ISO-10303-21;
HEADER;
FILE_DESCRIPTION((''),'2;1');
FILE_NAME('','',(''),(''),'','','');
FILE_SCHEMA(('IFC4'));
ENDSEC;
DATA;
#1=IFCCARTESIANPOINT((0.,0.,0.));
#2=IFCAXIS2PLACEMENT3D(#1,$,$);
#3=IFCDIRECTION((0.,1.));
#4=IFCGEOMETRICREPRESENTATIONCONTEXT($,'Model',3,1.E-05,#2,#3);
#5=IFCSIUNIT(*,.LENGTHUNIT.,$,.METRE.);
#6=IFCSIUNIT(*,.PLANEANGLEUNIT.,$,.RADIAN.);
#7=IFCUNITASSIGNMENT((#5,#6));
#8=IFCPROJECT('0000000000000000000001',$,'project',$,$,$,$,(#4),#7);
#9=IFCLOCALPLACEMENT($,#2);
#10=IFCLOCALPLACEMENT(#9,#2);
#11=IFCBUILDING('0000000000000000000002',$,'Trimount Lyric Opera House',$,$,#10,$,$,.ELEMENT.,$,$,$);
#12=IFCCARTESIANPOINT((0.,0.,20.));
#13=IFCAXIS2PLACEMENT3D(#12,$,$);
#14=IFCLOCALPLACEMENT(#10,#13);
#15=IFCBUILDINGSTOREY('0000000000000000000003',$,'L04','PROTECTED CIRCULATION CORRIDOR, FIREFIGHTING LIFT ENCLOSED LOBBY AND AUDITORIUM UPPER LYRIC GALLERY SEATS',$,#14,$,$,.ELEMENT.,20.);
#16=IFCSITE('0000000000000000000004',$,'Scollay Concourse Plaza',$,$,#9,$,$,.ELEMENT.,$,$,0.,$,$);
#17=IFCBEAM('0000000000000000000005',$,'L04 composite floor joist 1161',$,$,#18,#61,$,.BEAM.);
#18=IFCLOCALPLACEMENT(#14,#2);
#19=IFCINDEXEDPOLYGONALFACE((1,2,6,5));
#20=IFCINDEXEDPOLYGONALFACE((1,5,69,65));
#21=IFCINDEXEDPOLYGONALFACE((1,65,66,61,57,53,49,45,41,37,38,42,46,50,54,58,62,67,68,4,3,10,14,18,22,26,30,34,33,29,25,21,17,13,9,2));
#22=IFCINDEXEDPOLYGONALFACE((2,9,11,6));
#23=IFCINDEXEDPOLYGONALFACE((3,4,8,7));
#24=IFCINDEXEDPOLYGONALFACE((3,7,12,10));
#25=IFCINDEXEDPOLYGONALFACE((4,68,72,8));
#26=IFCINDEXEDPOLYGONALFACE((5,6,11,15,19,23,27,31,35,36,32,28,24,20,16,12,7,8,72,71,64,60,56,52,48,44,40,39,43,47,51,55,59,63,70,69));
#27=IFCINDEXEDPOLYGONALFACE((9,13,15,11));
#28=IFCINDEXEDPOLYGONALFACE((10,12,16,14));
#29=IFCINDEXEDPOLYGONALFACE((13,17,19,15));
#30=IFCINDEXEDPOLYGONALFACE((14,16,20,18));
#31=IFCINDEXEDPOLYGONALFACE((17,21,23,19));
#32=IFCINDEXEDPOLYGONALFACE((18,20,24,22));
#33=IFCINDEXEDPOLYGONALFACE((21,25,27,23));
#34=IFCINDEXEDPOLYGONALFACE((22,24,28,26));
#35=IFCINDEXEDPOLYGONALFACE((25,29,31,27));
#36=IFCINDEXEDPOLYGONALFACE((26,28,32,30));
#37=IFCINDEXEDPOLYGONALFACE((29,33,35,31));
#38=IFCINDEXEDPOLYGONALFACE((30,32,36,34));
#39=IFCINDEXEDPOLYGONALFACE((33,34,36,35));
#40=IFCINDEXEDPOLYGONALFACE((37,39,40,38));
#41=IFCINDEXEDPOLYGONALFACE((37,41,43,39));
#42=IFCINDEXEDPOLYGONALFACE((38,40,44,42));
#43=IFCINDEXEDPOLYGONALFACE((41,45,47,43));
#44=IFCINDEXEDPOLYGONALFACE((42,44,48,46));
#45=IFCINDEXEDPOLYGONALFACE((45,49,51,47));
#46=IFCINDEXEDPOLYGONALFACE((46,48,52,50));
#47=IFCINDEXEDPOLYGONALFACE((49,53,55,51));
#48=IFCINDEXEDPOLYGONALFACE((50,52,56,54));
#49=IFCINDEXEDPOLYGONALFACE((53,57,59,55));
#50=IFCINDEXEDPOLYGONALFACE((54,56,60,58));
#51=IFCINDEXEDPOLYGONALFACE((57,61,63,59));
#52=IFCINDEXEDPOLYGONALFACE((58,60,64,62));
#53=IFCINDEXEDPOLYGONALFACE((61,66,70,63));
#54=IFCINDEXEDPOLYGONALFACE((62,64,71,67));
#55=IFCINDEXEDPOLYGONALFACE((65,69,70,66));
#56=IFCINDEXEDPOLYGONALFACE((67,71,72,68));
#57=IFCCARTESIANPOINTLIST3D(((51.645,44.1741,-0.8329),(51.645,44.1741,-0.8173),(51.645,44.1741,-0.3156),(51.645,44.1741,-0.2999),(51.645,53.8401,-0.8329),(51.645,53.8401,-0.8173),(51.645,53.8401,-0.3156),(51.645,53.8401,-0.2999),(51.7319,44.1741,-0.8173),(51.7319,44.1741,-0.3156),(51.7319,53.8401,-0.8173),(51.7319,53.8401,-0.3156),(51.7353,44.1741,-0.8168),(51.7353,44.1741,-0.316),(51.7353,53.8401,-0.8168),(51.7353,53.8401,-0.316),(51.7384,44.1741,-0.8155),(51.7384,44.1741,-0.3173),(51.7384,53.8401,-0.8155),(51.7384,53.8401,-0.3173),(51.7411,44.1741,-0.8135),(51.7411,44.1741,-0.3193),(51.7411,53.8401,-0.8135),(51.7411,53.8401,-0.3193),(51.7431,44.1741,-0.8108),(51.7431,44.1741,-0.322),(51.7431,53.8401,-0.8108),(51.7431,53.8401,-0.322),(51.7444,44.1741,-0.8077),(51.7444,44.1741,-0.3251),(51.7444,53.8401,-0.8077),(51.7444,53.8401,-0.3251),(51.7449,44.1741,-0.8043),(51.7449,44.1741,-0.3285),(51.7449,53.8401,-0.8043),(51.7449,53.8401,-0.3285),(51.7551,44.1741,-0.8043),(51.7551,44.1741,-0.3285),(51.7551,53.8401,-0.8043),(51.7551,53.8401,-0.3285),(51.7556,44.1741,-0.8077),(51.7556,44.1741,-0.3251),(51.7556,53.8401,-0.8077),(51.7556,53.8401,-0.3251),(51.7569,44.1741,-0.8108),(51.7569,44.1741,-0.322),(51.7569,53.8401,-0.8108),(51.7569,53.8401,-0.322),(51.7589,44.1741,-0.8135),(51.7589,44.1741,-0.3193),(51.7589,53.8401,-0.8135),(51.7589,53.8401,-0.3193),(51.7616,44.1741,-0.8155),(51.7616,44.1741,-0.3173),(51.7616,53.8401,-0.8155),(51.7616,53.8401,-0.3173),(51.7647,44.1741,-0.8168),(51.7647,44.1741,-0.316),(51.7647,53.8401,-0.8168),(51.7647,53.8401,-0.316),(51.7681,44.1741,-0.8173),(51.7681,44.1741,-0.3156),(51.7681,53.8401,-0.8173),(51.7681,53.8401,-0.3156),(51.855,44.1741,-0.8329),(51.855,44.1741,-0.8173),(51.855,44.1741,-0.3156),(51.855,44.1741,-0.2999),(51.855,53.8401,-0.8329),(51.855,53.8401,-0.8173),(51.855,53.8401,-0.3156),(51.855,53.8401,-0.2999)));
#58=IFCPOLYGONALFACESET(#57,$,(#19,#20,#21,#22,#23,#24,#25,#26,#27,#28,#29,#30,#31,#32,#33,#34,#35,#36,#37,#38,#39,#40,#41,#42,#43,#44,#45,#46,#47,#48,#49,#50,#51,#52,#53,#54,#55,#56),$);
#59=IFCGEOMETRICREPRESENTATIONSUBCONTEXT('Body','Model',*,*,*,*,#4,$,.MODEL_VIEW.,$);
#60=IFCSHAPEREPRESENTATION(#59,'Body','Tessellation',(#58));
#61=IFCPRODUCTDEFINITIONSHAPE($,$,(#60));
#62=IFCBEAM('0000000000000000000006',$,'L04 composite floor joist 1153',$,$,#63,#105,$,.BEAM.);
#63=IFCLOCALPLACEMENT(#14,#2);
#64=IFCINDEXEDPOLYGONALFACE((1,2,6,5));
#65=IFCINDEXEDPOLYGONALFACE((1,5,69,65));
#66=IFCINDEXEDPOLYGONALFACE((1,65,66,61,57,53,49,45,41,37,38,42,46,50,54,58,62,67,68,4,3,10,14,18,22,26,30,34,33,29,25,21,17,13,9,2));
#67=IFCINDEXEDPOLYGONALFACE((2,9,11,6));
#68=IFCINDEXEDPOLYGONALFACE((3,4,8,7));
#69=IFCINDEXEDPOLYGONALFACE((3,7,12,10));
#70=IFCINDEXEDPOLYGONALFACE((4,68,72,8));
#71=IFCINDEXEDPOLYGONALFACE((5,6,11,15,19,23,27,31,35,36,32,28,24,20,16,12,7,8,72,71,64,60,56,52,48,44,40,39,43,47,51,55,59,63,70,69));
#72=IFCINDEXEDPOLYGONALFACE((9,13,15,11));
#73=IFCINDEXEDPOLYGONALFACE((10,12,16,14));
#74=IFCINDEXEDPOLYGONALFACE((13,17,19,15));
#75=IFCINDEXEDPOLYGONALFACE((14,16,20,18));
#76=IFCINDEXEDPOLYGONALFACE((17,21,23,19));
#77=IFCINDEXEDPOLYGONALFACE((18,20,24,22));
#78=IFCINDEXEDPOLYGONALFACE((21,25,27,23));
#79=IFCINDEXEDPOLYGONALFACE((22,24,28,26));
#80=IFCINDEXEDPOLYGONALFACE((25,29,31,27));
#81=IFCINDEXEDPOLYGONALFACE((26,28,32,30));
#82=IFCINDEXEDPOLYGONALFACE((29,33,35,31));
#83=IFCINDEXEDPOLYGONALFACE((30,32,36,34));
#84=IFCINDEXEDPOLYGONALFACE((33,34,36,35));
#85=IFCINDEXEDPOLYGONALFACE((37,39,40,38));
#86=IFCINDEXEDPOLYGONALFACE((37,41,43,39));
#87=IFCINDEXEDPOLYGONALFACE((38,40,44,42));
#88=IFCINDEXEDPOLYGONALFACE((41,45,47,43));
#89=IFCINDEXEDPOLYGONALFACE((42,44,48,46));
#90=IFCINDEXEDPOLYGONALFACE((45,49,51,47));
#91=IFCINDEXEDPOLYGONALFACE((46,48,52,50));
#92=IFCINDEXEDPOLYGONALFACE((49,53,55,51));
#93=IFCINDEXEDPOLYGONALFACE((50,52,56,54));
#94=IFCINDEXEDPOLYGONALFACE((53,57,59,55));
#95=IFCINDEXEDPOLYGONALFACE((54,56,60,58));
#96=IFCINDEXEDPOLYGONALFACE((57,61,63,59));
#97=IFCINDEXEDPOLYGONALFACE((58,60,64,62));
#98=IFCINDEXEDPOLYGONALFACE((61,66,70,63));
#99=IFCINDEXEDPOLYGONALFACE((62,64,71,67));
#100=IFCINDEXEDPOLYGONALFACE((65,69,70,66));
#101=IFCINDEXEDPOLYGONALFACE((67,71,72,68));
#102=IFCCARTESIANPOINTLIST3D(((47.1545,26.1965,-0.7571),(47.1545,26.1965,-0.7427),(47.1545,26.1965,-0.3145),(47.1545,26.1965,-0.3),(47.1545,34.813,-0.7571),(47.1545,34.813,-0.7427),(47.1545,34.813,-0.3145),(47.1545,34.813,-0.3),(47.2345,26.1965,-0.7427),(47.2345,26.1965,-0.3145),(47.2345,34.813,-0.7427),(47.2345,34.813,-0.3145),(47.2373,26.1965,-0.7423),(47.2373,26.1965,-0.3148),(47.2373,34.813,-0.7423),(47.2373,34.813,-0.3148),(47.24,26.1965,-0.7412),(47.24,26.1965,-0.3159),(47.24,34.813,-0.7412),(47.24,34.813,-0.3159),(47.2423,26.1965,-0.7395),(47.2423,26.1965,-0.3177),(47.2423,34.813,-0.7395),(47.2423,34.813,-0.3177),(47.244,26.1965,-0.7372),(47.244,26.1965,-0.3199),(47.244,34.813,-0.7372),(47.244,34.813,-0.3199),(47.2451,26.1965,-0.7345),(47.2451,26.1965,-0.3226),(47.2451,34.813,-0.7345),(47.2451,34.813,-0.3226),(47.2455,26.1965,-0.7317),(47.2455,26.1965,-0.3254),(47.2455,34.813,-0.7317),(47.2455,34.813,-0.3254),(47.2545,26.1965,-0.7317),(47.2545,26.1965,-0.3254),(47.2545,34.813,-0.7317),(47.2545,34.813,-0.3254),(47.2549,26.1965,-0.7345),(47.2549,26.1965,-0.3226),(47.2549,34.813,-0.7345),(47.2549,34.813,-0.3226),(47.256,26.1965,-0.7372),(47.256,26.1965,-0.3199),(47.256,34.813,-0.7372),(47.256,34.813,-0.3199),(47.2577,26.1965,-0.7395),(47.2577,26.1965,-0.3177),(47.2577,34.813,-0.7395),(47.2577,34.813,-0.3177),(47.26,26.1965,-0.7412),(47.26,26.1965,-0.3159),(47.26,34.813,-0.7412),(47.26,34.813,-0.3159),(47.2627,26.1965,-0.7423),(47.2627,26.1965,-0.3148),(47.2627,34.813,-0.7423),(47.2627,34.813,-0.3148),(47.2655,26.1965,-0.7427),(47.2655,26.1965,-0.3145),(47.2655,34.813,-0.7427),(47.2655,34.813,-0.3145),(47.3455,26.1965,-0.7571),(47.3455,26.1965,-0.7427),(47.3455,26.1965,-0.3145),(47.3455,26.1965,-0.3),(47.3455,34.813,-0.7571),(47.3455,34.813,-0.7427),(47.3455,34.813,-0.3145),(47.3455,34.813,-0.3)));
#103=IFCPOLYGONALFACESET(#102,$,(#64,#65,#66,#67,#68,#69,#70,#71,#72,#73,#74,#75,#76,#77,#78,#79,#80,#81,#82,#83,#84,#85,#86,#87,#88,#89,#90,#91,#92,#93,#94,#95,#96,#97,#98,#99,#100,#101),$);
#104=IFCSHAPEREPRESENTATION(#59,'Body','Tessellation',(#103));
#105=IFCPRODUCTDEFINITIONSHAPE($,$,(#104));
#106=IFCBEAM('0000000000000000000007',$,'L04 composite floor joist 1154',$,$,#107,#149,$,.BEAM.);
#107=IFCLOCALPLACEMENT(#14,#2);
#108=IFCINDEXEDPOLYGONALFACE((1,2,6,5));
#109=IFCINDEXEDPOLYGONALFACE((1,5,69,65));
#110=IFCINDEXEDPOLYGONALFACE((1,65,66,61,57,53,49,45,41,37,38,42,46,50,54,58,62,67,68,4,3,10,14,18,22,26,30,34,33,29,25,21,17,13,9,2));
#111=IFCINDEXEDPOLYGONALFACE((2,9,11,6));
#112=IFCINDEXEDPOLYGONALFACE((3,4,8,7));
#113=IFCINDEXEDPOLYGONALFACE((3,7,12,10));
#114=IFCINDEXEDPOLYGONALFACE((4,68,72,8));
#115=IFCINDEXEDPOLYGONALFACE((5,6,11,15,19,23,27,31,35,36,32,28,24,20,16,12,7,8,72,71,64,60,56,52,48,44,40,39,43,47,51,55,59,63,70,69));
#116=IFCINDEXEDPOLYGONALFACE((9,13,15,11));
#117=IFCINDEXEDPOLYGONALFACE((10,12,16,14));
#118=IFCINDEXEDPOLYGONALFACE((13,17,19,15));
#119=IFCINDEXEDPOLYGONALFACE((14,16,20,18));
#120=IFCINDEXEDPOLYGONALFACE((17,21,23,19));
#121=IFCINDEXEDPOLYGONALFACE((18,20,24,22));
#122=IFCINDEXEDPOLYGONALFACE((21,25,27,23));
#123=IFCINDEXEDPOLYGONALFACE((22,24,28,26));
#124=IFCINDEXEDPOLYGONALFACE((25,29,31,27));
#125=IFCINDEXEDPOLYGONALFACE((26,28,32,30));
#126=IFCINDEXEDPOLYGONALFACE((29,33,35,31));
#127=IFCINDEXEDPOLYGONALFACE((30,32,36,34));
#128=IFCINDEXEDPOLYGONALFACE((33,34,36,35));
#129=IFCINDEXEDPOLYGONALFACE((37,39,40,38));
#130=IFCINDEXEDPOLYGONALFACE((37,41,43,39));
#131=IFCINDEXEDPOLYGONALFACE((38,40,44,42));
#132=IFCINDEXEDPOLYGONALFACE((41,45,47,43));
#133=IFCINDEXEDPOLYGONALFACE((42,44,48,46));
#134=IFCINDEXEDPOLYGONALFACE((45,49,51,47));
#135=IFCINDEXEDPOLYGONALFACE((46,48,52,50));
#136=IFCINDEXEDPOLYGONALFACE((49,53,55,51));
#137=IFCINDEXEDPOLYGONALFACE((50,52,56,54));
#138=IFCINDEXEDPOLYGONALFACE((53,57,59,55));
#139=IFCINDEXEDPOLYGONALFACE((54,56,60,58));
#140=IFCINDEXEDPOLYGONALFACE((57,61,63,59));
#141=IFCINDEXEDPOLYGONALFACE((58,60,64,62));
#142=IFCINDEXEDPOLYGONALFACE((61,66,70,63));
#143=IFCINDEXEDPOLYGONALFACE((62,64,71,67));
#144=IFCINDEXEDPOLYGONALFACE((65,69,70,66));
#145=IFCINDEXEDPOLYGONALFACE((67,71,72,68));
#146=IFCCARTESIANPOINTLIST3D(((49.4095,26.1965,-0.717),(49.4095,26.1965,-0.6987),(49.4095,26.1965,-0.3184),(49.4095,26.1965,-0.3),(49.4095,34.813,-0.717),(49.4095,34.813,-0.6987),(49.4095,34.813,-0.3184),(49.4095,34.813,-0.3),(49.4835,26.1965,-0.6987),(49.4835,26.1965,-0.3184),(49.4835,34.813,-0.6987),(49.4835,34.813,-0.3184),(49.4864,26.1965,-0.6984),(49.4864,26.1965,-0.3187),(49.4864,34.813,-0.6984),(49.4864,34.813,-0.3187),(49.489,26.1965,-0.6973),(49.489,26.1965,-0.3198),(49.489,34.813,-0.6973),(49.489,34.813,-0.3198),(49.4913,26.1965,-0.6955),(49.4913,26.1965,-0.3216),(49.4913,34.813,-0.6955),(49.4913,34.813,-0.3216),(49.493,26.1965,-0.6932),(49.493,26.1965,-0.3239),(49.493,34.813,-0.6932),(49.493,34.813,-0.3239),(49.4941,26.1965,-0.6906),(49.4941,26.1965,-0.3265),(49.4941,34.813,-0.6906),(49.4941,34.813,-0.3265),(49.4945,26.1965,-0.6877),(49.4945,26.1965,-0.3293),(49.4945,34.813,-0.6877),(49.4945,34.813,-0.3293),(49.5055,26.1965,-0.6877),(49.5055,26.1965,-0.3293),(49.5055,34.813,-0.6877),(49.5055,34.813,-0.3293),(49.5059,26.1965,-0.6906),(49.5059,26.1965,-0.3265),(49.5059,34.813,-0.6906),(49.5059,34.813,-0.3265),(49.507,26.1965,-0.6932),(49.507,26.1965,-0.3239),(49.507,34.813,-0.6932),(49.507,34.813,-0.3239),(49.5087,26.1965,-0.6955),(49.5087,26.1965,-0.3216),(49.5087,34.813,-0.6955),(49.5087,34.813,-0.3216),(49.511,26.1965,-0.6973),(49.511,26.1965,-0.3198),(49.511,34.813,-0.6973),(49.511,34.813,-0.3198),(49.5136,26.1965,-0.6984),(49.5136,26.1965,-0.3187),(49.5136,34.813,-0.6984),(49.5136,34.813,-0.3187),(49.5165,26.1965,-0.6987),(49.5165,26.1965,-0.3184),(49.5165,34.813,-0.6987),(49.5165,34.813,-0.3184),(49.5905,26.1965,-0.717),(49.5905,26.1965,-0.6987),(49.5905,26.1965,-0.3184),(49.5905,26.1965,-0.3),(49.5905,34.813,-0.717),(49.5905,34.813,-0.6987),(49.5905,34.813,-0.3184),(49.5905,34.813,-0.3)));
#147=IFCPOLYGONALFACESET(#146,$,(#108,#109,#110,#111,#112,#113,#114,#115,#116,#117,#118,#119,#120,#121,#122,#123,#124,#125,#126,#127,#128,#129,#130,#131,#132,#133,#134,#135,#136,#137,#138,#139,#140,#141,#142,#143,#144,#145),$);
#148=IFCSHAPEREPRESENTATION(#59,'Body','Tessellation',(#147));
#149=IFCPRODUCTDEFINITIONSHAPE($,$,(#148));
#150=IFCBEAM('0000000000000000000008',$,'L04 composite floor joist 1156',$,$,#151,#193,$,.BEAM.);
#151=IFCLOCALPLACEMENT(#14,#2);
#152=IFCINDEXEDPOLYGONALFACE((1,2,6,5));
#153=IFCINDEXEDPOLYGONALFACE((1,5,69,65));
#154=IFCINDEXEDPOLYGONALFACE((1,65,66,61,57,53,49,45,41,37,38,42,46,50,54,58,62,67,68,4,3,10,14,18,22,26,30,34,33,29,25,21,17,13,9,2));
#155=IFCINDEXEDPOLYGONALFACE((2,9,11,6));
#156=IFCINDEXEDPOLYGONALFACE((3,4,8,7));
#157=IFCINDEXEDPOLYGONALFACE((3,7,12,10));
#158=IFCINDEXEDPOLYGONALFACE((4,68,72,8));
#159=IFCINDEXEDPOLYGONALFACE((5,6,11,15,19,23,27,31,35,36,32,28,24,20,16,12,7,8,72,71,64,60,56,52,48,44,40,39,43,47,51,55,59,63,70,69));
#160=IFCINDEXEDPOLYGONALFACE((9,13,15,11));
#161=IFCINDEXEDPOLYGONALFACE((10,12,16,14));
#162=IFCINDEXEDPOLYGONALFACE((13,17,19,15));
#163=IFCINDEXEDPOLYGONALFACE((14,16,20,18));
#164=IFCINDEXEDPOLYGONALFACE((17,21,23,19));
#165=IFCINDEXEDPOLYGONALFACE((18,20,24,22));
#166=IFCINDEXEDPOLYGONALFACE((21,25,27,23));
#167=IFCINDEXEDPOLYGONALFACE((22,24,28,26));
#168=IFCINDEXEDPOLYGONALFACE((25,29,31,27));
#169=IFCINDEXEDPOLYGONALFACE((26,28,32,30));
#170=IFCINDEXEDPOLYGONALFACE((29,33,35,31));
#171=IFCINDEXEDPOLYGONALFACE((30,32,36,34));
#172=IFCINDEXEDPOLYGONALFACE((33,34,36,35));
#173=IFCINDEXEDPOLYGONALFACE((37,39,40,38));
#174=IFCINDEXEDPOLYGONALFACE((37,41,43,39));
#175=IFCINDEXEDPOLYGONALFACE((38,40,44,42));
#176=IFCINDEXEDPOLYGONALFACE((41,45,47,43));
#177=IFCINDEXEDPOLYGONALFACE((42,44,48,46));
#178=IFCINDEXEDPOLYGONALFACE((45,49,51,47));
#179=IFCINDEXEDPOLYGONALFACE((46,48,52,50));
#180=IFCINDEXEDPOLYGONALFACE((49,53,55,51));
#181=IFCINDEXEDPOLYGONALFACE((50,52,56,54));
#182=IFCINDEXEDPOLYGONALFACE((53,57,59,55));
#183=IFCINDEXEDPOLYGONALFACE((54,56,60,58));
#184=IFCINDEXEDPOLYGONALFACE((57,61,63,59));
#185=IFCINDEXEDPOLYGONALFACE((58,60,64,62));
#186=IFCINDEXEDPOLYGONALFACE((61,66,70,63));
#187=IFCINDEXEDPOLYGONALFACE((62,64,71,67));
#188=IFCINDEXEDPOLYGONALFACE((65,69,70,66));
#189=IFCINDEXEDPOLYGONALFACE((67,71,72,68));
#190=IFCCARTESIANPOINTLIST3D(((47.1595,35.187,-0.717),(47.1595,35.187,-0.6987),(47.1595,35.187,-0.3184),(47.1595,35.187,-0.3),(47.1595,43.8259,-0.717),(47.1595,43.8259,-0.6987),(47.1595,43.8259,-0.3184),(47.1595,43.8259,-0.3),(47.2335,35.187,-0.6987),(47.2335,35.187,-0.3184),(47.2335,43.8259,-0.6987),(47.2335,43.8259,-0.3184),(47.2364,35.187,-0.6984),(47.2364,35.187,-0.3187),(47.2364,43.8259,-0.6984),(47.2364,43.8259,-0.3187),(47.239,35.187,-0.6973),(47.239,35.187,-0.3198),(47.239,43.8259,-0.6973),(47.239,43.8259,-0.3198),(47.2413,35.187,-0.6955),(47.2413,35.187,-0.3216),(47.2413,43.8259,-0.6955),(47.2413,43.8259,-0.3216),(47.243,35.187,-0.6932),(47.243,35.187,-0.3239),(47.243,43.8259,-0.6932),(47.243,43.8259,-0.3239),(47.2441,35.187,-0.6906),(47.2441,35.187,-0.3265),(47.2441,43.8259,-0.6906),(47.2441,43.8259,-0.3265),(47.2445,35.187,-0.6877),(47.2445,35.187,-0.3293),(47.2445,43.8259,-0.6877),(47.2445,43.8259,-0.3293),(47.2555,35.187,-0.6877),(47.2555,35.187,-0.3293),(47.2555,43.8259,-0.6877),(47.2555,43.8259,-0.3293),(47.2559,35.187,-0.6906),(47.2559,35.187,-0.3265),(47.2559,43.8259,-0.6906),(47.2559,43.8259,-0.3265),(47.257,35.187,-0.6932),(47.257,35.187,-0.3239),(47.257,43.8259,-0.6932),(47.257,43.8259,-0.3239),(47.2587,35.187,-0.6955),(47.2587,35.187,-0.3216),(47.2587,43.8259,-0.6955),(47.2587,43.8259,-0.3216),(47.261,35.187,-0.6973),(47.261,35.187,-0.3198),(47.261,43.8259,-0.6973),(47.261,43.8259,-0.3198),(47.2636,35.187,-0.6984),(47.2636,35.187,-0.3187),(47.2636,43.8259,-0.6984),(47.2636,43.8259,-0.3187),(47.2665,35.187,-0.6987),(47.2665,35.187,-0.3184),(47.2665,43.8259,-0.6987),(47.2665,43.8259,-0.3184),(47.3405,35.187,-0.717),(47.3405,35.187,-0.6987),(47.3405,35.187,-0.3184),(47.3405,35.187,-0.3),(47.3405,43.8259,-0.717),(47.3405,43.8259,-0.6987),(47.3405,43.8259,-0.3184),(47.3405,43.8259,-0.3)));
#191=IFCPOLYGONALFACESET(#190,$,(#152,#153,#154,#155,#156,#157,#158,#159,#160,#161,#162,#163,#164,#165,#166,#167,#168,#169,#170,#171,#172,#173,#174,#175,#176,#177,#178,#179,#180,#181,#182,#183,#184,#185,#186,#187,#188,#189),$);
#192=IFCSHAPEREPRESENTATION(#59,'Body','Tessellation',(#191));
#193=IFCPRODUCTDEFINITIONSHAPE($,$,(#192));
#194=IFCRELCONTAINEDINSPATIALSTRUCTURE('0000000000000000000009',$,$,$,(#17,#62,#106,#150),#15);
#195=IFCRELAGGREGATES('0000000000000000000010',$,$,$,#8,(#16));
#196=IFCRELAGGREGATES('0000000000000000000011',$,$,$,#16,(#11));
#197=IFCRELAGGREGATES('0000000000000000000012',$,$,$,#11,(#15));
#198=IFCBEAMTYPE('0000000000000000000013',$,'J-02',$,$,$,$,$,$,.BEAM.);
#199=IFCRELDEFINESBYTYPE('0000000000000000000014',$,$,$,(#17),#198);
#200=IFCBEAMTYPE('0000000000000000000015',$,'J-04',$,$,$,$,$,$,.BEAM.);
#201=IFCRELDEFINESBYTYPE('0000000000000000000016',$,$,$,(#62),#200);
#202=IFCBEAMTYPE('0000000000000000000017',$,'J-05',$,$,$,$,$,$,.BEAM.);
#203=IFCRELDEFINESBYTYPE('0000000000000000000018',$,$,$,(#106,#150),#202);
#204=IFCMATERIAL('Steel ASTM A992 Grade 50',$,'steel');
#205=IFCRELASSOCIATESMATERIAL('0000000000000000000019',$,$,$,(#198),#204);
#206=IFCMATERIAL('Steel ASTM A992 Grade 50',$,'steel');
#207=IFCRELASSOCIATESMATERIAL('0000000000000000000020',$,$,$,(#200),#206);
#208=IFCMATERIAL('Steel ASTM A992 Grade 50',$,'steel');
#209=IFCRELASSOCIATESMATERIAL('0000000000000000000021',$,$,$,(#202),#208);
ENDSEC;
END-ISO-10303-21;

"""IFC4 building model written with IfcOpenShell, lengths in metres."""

from ifc_helpers import new_model, si_unit, direction, frame, origin, origin_2d, place, context, subcontext, project, spatial, i_section, extrude, material, material_profile, profile_set, type_object, element, save


model = new_model("IFC4")

# Units and contexts
model_context = context("Model", 3, precision=1e-05, world=origin(), true_north=direction((0.0, 1.0)))
body_context = subcontext(model_context, "Body", "Model", "MODEL_VIEW")
ifc_project = project(units=[si_unit("LENGTHUNIT", "METRE"), si_unit("PLANEANGLEUNIT", "RADIAN")], contexts=[model_context])

# Site, building, storey
site_placement = place(None, origin())
site = spatial("IfcSite", under=ifc_project, at=site_placement, Name="Scollay Concourse Plaza", CompositionType="ELEMENT", RefElevation=0.0)
building_placement = place(site_placement, origin())
building = spatial("IfcBuilding", under=site, at=building_placement, Name="Trimount Lyric Opera House", CompositionType="ELEMENT")
storey_placement = place(building_placement, frame((0.0, 0.0, 20.0)))
storey = spatial("IfcBuildingStorey", under=building, at=storey_placement, Name="L04", Description="PROTECTED CIRCULATION CORRIDOR, FIREFIGHTING LIFT ENCLOSED LOBBY AND AUDITORIUM UPPER LYRIC GALLERY SEATS", CompositionType="ELEMENT", Elevation=20.0)

# Beams
ifc_material_1 = material(Name="Steel ASTM A992 Grade 50", Category="steel")
ifc_material_profile_1 = material_profile(ifc_material_1, i_section(OverallWidth=0.21, OverallDepth=0.533, WebThickness=0.0103, FlangeThickness=0.0156, FilletRadius=0.0129, at=origin_2d()), Name="W21X62")
ifc_profile_set_1 = profile_set([ifc_material_profile_1], Name="Steel ASTM A992 Grade 50")
beam_type_1 = type_object("IfcBeamType", Name="J-02", PredefinedType="BEAM", material=ifc_profile_set_1)
beam_1_placement = place(storey_placement, frame((51.75, 44.1741, -0.5664), z_axis=(0.0, 1.0, 0.0), x_axis=(-1.0, 0.0, 0.0)))
element("IfcBeam", 1, at=beam_1_placement, inside=storey, type_object=beam_type_1, Name="L04 composite floor joist 1161", PredefinedType="BEAM", context=body_context, shape_type="SweptSolid", body=[
    extrude(i_section(OverallWidth=0.21, OverallDepth=0.533, WebThickness=0.0103, FlangeThickness=0.0156, FilletRadius=0.0129, at=origin_2d()), origin(), (0.0, 0.0, 1.0), 9.666),
])
ifc_material_2 = material(Name="Steel ASTM A992 Grade 50", Category="steel")
ifc_material_profile_2 = material_profile(ifc_material_2, i_section(OverallWidth=0.1909, OverallDepth=0.457, WebThickness=0.009, FlangeThickness=0.0144, FilletRadius=0.011, at=origin_2d()), Name="W18X50")
ifc_profile_set_2 = profile_set([ifc_material_profile_2], Name="Steel ASTM A992 Grade 50")
beam_type_2 = type_object("IfcBeamType", Name="J-04", PredefinedType="BEAM", material=ifc_profile_set_2)
beam_2_placement = place(storey_placement, frame((47.25, 26.1965, -0.5286), z_axis=(0.0, 1.0, 0.0), x_axis=(-1.0, 0.0, 0.0)))
element("IfcBeam", 2, at=beam_2_placement, inside=storey, type_object=beam_type_2, Name="L04 composite floor joist 1153", PredefinedType="BEAM", context=body_context, shape_type="SweptSolid", body=[
    extrude(i_section(OverallWidth=0.1909, OverallDepth=0.457, WebThickness=0.009, FlangeThickness=0.0144, FilletRadius=0.011, at=origin_2d()), origin(), (0.0, 0.0, 1.0), 8.6165),
])
ifc_material_3 = material(Name="Steel ASTM A992 Grade 50", Category="steel")
ifc_material_profile_3 = material_profile(ifc_material_3, i_section(OverallWidth=0.1809, OverallDepth=0.417, WebThickness=0.011, FlangeThickness=0.0183, FilletRadius=0.011, at=origin_2d()), Name="W16X57")
ifc_profile_set_3 = profile_set([ifc_material_profile_3], Name="Steel ASTM A992 Grade 50")
beam_type_3 = type_object("IfcBeamType", Name="J-05", PredefinedType="BEAM", material=ifc_profile_set_3)
beam_3_placement = place(storey_placement, frame((49.5, 26.1965, -0.5085), z_axis=(0.0, 1.0, 0.0), x_axis=(-1.0, 0.0, 0.0)))
element("IfcBeam", 3, at=beam_3_placement, inside=storey, type_object=beam_type_3, Name="L04 composite floor joist 1154", PredefinedType="BEAM", context=body_context, shape_type="SweptSolid", body=[
    extrude(i_section(OverallWidth=0.1809, OverallDepth=0.417, WebThickness=0.011, FlangeThickness=0.0183, FilletRadius=0.011, at=origin_2d()), origin(), (0.0, 0.0, 1.0), 8.6165),
])
beam_4_placement = place(storey_placement, frame((47.25, 35.187, -0.5085), z_axis=(0.0, 1.0, 0.0), x_axis=(-1.0, 0.0, 0.0)))
element("IfcBeam", 4, at=beam_4_placement, inside=storey, type_object=beam_type_3, Name="L04 composite floor joist 1156", PredefinedType="BEAM", context=body_context, shape_type="SweptSolid", body=[
    extrude(i_section(OverallWidth=0.1809, OverallDepth=0.417, WebThickness=0.011, FlangeThickness=0.0183, FilletRadius=0.011, at=origin_2d()), origin(), (0.0, 0.0, 1.0), 8.6389),
])

save(model, "model.ifc")
